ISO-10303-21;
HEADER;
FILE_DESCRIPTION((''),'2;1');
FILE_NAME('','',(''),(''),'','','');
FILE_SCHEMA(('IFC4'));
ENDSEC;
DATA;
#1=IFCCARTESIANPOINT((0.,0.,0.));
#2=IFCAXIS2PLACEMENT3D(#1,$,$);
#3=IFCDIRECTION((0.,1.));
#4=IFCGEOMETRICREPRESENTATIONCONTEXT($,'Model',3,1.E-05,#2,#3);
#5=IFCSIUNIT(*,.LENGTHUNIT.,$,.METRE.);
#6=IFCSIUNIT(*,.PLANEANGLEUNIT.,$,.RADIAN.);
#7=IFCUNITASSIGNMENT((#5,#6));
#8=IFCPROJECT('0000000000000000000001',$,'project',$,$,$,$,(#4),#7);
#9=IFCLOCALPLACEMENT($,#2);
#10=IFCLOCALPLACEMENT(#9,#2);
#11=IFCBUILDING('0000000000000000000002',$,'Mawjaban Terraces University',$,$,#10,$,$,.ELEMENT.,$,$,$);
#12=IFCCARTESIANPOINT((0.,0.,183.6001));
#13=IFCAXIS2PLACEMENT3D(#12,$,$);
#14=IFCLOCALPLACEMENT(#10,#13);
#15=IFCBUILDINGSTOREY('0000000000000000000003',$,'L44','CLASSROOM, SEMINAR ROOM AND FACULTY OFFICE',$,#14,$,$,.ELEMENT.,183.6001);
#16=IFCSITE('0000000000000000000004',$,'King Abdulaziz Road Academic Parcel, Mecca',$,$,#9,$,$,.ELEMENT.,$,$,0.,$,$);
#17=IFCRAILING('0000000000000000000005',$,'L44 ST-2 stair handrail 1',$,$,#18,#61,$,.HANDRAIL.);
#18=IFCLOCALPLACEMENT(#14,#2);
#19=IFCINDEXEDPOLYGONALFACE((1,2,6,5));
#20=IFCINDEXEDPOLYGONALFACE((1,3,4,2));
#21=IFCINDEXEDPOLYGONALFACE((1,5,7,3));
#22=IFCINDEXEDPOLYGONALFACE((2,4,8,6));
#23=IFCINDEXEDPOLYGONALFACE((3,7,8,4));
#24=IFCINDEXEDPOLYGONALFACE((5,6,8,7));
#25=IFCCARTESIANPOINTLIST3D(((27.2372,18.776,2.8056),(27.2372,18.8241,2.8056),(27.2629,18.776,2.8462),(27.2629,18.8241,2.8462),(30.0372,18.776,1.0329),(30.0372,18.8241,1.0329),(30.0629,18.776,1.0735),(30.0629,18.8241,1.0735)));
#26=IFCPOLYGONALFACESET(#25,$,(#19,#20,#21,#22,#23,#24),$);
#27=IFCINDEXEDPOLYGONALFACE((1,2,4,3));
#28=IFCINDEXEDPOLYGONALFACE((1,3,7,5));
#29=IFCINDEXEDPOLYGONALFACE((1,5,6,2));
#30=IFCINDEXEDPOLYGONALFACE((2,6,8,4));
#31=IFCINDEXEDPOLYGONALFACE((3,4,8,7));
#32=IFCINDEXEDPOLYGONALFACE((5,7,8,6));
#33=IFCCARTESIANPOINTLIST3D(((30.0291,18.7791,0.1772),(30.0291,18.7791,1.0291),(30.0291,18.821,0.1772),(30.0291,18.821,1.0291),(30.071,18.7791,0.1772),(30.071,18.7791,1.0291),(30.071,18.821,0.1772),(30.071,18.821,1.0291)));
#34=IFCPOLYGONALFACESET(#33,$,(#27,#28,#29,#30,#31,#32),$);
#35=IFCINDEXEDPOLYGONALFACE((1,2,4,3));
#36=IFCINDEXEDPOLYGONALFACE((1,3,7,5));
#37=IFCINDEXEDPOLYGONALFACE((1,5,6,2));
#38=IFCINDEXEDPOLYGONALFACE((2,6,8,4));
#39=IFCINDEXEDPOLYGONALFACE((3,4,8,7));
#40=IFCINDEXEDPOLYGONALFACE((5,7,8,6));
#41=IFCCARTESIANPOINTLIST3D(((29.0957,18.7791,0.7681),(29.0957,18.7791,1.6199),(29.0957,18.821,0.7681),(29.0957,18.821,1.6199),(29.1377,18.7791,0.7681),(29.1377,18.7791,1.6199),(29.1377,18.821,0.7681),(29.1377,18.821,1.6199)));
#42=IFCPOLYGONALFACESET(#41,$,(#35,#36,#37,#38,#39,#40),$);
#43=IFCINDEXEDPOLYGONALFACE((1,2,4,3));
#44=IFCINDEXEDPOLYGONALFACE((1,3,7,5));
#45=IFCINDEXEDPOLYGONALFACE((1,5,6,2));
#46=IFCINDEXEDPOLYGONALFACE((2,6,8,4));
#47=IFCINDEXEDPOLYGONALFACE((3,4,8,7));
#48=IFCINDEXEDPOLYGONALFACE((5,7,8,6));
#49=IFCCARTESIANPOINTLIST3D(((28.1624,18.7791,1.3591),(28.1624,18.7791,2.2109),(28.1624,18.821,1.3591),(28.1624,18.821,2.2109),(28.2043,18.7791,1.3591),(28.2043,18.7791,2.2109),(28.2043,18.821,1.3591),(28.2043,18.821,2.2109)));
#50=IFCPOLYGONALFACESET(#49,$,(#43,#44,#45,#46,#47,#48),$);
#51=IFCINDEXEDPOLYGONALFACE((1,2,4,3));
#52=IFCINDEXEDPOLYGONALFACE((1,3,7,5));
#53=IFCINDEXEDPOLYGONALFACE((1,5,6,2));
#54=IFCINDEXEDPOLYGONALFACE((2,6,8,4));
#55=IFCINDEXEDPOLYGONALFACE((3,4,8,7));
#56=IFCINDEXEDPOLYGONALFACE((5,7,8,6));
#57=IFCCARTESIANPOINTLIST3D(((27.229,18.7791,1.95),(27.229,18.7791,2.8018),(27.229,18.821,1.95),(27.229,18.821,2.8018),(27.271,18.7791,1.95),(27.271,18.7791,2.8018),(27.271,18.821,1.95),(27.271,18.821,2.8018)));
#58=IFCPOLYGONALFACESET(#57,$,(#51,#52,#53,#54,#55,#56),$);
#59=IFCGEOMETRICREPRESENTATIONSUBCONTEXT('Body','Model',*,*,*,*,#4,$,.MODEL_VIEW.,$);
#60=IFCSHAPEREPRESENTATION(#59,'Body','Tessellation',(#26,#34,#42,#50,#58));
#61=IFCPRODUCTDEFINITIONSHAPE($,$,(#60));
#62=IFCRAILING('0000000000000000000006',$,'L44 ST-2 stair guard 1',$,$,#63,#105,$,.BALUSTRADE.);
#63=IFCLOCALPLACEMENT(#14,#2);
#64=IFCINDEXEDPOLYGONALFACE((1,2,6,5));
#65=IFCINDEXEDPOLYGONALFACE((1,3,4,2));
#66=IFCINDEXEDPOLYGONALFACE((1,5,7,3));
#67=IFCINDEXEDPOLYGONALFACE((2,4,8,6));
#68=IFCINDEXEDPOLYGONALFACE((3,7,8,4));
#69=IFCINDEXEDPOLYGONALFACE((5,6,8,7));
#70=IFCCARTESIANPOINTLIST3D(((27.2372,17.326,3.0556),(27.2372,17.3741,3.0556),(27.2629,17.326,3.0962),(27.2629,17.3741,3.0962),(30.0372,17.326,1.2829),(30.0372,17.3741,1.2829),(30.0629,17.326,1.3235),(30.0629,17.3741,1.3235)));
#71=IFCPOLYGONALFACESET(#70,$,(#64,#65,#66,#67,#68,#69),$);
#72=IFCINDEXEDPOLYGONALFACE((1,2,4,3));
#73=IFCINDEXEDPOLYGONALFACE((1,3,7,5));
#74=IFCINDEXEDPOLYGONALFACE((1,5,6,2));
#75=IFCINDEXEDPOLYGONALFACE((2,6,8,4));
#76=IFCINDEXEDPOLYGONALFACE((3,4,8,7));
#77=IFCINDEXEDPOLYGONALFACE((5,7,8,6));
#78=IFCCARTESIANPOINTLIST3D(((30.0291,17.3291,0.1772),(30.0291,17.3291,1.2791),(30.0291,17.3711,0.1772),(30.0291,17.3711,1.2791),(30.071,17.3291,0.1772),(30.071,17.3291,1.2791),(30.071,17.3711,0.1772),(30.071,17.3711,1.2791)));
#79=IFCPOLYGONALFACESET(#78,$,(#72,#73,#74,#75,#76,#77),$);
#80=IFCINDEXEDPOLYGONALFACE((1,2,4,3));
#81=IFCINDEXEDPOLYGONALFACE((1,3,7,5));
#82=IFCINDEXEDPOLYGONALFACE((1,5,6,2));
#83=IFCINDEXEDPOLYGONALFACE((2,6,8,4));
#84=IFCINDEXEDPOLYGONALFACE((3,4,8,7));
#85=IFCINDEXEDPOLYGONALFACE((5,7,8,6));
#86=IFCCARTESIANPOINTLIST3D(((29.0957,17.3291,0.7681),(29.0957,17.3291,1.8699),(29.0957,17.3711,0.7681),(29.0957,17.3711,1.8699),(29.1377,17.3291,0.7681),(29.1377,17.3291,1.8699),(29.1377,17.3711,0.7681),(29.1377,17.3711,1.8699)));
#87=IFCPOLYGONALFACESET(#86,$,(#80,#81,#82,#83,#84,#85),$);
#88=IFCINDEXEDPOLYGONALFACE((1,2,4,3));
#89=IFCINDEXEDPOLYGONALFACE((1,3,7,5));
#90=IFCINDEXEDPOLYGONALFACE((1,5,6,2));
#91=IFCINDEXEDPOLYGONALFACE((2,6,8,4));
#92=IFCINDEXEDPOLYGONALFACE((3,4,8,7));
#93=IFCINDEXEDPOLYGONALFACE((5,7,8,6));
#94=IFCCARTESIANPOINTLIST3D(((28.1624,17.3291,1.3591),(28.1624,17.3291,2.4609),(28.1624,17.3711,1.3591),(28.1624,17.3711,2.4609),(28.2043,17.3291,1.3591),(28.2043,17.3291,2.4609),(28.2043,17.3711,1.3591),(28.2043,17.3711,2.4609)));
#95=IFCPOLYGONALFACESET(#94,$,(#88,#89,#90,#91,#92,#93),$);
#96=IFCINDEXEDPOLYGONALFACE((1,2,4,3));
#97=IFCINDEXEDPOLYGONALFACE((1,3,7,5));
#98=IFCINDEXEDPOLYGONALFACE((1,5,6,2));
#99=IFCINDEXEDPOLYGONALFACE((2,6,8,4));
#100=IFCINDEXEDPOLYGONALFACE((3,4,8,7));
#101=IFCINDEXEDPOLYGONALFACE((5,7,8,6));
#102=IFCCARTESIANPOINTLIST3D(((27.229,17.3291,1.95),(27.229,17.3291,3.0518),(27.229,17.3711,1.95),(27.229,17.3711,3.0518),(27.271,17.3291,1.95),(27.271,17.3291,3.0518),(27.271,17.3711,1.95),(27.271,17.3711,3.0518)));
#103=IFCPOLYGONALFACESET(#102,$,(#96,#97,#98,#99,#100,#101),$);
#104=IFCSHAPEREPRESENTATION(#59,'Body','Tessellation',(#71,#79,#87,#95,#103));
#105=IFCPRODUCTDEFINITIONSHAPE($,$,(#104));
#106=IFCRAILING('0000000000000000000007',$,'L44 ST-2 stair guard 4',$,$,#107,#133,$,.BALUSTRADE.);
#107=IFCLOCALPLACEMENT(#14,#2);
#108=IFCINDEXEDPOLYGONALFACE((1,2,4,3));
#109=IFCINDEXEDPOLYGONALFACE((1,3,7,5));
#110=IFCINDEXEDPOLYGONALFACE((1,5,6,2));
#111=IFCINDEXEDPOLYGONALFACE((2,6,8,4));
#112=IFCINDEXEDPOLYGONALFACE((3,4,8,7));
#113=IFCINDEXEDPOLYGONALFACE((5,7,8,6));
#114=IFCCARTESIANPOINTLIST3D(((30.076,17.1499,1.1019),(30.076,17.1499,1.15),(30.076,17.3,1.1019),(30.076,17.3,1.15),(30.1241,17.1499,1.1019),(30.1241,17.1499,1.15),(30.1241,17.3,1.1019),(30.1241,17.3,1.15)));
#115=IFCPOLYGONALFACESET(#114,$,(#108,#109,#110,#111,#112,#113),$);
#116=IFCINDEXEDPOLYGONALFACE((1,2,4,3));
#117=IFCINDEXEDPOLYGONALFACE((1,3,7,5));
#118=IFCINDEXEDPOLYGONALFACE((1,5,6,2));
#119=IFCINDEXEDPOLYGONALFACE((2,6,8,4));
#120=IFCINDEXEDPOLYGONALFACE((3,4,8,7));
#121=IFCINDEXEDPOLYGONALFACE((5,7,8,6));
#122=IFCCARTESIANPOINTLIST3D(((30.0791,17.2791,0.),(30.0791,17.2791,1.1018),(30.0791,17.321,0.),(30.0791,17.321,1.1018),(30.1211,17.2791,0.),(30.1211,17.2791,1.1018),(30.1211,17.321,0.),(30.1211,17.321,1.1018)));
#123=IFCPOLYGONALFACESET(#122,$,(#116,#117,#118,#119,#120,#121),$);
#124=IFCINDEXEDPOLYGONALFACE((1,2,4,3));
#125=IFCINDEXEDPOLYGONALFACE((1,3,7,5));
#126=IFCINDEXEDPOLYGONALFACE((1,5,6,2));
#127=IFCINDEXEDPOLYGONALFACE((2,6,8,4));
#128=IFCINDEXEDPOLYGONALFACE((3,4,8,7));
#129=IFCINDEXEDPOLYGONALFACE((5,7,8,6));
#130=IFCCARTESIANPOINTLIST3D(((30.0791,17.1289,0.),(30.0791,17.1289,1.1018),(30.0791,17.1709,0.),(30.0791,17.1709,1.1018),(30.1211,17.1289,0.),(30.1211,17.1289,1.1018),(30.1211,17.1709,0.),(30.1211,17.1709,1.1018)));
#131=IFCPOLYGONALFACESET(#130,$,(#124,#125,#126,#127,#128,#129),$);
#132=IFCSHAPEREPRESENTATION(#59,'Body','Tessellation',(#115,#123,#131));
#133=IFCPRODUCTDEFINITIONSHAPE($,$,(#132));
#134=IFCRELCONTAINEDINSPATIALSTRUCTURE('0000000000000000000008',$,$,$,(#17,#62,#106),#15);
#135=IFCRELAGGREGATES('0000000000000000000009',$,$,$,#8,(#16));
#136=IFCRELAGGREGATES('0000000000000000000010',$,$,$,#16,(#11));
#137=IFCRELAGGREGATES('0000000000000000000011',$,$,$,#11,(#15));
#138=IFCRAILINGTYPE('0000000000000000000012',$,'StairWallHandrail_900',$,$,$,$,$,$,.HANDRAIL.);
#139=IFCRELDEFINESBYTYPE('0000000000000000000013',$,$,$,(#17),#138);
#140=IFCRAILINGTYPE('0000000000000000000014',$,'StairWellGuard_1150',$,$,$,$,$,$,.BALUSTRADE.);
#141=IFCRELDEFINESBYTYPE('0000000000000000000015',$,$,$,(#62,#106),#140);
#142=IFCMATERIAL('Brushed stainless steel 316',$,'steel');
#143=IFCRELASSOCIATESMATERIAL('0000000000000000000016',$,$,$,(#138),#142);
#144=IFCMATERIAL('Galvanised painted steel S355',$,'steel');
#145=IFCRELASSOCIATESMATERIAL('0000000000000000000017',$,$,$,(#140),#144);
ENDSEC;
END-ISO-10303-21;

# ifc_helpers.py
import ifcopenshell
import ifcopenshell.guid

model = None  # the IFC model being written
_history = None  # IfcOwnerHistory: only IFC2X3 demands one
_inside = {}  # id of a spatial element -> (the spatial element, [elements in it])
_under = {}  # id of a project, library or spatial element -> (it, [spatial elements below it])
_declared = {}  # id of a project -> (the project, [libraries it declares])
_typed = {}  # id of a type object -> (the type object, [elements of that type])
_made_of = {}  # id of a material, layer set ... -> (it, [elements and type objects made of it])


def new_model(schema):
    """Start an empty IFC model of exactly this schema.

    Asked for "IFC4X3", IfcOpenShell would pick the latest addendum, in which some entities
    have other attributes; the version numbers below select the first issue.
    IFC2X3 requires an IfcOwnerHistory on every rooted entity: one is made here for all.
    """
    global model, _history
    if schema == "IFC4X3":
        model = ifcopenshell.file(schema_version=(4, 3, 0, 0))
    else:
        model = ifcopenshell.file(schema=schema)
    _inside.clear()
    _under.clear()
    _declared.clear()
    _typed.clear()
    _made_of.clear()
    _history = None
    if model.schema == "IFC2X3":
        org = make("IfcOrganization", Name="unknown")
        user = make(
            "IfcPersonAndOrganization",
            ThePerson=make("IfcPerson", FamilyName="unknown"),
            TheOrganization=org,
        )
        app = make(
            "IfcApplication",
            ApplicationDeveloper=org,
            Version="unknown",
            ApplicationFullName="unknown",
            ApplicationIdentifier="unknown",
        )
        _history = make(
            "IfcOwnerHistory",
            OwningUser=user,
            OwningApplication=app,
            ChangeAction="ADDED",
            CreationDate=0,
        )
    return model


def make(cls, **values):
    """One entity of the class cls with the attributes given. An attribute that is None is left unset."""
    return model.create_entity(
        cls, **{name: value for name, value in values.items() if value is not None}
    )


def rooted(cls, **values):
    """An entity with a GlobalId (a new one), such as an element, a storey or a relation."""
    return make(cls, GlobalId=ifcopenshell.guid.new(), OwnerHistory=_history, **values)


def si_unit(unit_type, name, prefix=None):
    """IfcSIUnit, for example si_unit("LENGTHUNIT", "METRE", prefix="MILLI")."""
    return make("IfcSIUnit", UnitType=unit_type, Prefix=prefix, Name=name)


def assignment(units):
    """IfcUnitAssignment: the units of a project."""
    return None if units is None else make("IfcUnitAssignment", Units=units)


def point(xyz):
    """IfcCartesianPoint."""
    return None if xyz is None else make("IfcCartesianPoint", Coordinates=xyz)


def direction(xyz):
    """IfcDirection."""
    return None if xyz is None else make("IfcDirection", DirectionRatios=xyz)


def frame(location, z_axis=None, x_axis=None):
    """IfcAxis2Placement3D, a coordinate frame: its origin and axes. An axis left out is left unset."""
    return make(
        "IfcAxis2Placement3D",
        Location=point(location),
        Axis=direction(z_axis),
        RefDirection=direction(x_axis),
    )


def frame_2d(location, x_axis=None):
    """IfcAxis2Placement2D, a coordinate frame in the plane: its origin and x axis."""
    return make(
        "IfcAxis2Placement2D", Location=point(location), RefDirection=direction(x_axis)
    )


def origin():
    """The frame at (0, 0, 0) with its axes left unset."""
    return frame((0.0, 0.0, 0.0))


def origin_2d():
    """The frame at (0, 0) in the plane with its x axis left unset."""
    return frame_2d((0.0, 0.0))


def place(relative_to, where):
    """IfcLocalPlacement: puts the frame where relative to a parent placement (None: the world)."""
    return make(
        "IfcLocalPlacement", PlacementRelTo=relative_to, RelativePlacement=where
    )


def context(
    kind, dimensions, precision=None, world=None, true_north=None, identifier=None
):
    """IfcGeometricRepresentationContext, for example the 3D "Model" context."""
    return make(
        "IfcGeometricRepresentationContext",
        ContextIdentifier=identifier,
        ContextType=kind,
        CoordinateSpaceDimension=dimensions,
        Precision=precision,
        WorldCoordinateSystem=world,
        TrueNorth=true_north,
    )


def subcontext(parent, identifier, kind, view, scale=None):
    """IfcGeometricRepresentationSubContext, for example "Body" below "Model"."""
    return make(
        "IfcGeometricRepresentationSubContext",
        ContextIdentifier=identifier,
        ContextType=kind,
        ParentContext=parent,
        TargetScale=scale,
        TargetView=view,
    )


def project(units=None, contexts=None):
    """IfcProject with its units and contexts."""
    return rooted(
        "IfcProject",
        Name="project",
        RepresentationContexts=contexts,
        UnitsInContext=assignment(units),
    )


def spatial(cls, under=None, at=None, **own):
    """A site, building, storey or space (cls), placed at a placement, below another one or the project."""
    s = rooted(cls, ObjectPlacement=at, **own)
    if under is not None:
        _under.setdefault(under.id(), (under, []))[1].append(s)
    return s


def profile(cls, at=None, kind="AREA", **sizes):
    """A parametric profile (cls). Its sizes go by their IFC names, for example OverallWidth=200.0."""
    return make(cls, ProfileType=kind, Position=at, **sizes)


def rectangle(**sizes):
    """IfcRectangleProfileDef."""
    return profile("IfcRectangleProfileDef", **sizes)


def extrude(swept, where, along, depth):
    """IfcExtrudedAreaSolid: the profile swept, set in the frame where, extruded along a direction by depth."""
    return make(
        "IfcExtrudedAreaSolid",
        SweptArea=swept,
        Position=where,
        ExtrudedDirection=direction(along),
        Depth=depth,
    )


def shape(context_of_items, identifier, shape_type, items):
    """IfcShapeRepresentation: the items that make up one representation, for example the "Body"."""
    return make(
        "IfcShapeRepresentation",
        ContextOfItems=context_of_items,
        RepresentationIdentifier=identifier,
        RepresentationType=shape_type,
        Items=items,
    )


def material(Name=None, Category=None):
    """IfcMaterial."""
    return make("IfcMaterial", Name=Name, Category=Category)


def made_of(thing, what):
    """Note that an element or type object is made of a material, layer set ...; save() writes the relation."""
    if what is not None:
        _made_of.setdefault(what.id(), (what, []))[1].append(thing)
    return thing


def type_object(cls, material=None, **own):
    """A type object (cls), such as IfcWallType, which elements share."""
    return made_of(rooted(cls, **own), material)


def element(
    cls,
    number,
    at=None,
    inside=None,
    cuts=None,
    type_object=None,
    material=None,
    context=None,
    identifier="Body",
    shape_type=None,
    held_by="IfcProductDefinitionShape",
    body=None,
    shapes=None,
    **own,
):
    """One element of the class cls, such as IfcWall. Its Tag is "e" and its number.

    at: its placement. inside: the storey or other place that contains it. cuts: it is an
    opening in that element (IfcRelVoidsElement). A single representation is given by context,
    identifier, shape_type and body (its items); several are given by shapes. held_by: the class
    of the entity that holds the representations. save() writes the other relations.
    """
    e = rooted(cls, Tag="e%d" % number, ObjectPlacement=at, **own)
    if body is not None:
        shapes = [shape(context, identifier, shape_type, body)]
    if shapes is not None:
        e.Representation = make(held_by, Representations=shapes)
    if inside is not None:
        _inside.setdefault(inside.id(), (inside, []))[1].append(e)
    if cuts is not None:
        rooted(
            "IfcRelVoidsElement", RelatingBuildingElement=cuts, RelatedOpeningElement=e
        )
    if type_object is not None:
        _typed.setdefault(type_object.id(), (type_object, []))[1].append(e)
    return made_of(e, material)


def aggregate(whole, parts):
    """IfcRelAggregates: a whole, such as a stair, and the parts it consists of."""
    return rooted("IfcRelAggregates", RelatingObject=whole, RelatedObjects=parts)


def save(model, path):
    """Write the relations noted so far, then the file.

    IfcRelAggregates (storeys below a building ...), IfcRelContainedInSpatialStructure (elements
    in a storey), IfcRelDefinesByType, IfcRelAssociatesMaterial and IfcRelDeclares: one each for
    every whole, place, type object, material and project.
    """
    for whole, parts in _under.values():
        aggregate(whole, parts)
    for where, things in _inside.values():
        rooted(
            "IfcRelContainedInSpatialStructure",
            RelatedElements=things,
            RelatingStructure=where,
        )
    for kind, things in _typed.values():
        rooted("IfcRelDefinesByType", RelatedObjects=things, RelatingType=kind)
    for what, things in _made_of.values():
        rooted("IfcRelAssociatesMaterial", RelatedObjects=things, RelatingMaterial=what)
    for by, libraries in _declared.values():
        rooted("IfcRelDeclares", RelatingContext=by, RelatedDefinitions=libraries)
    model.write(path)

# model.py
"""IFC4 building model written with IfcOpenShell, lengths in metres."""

from ifc_helpers import new_model, si_unit, direction, frame, origin, origin_2d, place, context, subcontext, project, spatial, rectangle, extrude, material, type_object, element, save


model = new_model("IFC4")

# Units and contexts
model_context = context("Model", 3, precision=1e-05, world=origin(), true_north=direction((0.0, 1.0)))
body_context = subcontext(model_context, "Body", "Model", "MODEL_VIEW")
ifc_project = project(units=[si_unit("LENGTHUNIT", "METRE"), si_unit("PLANEANGLEUNIT", "RADIAN")], contexts=[model_context])

# Site, building, storey
site_placement = place(None, origin())
site = spatial("IfcSite", under=ifc_project, at=site_placement, Name="King Abdulaziz Road Academic Parcel, Mecca", CompositionType="ELEMENT", RefElevation=0.0)
building_placement = place(site_placement, origin())
building = spatial("IfcBuilding", under=site, at=building_placement, Name="Mawjaban Terraces University", CompositionType="ELEMENT")
storey_placement = place(building_placement, frame((0.0, 0.0, 183.6001)))
storey = spatial("IfcBuildingStorey", under=building, at=storey_placement, Name="L44", Description="CLASSROOM, SEMINAR ROOM AND FACULTY OFFICE", CompositionType="ELEMENT", Elevation=183.6001)

# Railings
ifc_material_1 = material(Name="Brushed stainless steel 316", Category="steel")
railing_type_1 = type_object("IfcRailingType", Name="StairWallHandrail_900", PredefinedType="HANDRAIL", material=ifc_material_1)
railing_1_placement = place(storey_placement, frame((30.05, 18.8, 0.1772)))
element("IfcRailing", 1, at=railing_1_placement, inside=storey, type_object=railing_type_1, Name="L44 ST-2 stair handrail 1", PredefinedType="HANDRAIL", context=body_context, shape_type="SweptSolid", body=[
    extrude(rectangle(XDim=0.0481, YDim=0.0481, at=origin_2d()), frame((0.0, 0.0, 0.876), z_axis=(-0.844909, 0.0, 0.53491), x_axis=(0.0, -1.0, 0.0)), (0.0, 0.0, 1.0), 3.314),
    extrude(rectangle(XDim=0.042, YDim=0.042, at=origin_2d()), origin(), (0.0, 0.0, 1.0), 0.8518),
    extrude(rectangle(XDim=0.042, YDim=0.042, at=origin_2d()), frame((-0.9333, 0.0, 0.5908)), (0.0, 0.0, 1.0), 0.8518),
    extrude(rectangle(XDim=0.042, YDim=0.042, at=origin_2d()), frame((-1.8667, 0.0, 1.1819)), (0.0, 0.0, 1.0), 0.8518),
    extrude(rectangle(XDim=0.042, YDim=0.042, at=origin_2d()), frame((-2.8, 0.0, 1.7727)), (0.0, 0.0, 1.0), 0.8518),
])
ifc_material_2 = material(Name="Galvanised painted steel S355", Category="steel")
railing_type_2 = type_object("IfcRailingType", Name="StairWellGuard_1150", PredefinedType="BALUSTRADE", material=ifc_material_2)
railing_2_placement = place(storey_placement, frame((30.05, 17.3501, 0.1772)))
element("IfcRailing", 2, at=railing_2_placement, inside=storey, type_object=railing_type_2, Name="L44 ST-2 stair guard 1", PredefinedType="BALUSTRADE", context=body_context, shape_type="SweptSolid", body=[
    extrude(rectangle(XDim=0.0481, YDim=0.0481, at=origin_2d()), frame((0.0, 0.0, 1.126), z_axis=(-0.844909, 0.0, 0.53491), x_axis=(0.0, -1.0, 0.0)), (0.0, 0.0, 1.0), 3.314),
    extrude(rectangle(XDim=0.042, YDim=0.042, at=origin_2d()), origin(), (0.0, 0.0, 1.0), 1.1018),
    extrude(rectangle(XDim=0.042, YDim=0.042, at=origin_2d()), frame((-0.9333, 0.0, 0.5908)), (0.0, 0.0, 1.0), 1.1018),
    extrude(rectangle(XDim=0.042, YDim=0.042, at=origin_2d()), frame((-1.8667, 0.0, 1.1819)), (0.0, 0.0, 1.0), 1.1018),
    extrude(rectangle(XDim=0.042, YDim=0.042, at=origin_2d()), frame((-2.8, 0.0, 1.7727)), (0.0, 0.0, 1.0), 1.1018),
])
railing_3_placement = place(storey_placement, frame((30.1001, 17.3, 0.0)))
element("IfcRailing", 3, at=railing_3_placement, inside=storey, type_object=railing_type_2, Name="L44 ST-2 stair guard 4", PredefinedType="BALUSTRADE", context=body_context, shape_type="SweptSolid", body=[
    extrude(rectangle(XDim=0.0481, YDim=0.0481, at=origin_2d()), frame((0.0, 0.0, 1.126), z_axis=(0.0, -1.0, 0.0), x_axis=(1.0, 0.0, 0.0)), (0.0, 0.0, 1.0), 0.1501),
    extrude(rectangle(XDim=0.042, YDim=0.042, at=origin_2d()), origin(), (0.0, 0.0, 1.0), 1.1018),
    extrude(rectangle(XDim=0.042, YDim=0.042, at=origin_2d()), frame((0.0, -0.1501, 0.0)), (0.0, 0.0, 1.0), 1.1018),
])

save(model, "model.ifc")
